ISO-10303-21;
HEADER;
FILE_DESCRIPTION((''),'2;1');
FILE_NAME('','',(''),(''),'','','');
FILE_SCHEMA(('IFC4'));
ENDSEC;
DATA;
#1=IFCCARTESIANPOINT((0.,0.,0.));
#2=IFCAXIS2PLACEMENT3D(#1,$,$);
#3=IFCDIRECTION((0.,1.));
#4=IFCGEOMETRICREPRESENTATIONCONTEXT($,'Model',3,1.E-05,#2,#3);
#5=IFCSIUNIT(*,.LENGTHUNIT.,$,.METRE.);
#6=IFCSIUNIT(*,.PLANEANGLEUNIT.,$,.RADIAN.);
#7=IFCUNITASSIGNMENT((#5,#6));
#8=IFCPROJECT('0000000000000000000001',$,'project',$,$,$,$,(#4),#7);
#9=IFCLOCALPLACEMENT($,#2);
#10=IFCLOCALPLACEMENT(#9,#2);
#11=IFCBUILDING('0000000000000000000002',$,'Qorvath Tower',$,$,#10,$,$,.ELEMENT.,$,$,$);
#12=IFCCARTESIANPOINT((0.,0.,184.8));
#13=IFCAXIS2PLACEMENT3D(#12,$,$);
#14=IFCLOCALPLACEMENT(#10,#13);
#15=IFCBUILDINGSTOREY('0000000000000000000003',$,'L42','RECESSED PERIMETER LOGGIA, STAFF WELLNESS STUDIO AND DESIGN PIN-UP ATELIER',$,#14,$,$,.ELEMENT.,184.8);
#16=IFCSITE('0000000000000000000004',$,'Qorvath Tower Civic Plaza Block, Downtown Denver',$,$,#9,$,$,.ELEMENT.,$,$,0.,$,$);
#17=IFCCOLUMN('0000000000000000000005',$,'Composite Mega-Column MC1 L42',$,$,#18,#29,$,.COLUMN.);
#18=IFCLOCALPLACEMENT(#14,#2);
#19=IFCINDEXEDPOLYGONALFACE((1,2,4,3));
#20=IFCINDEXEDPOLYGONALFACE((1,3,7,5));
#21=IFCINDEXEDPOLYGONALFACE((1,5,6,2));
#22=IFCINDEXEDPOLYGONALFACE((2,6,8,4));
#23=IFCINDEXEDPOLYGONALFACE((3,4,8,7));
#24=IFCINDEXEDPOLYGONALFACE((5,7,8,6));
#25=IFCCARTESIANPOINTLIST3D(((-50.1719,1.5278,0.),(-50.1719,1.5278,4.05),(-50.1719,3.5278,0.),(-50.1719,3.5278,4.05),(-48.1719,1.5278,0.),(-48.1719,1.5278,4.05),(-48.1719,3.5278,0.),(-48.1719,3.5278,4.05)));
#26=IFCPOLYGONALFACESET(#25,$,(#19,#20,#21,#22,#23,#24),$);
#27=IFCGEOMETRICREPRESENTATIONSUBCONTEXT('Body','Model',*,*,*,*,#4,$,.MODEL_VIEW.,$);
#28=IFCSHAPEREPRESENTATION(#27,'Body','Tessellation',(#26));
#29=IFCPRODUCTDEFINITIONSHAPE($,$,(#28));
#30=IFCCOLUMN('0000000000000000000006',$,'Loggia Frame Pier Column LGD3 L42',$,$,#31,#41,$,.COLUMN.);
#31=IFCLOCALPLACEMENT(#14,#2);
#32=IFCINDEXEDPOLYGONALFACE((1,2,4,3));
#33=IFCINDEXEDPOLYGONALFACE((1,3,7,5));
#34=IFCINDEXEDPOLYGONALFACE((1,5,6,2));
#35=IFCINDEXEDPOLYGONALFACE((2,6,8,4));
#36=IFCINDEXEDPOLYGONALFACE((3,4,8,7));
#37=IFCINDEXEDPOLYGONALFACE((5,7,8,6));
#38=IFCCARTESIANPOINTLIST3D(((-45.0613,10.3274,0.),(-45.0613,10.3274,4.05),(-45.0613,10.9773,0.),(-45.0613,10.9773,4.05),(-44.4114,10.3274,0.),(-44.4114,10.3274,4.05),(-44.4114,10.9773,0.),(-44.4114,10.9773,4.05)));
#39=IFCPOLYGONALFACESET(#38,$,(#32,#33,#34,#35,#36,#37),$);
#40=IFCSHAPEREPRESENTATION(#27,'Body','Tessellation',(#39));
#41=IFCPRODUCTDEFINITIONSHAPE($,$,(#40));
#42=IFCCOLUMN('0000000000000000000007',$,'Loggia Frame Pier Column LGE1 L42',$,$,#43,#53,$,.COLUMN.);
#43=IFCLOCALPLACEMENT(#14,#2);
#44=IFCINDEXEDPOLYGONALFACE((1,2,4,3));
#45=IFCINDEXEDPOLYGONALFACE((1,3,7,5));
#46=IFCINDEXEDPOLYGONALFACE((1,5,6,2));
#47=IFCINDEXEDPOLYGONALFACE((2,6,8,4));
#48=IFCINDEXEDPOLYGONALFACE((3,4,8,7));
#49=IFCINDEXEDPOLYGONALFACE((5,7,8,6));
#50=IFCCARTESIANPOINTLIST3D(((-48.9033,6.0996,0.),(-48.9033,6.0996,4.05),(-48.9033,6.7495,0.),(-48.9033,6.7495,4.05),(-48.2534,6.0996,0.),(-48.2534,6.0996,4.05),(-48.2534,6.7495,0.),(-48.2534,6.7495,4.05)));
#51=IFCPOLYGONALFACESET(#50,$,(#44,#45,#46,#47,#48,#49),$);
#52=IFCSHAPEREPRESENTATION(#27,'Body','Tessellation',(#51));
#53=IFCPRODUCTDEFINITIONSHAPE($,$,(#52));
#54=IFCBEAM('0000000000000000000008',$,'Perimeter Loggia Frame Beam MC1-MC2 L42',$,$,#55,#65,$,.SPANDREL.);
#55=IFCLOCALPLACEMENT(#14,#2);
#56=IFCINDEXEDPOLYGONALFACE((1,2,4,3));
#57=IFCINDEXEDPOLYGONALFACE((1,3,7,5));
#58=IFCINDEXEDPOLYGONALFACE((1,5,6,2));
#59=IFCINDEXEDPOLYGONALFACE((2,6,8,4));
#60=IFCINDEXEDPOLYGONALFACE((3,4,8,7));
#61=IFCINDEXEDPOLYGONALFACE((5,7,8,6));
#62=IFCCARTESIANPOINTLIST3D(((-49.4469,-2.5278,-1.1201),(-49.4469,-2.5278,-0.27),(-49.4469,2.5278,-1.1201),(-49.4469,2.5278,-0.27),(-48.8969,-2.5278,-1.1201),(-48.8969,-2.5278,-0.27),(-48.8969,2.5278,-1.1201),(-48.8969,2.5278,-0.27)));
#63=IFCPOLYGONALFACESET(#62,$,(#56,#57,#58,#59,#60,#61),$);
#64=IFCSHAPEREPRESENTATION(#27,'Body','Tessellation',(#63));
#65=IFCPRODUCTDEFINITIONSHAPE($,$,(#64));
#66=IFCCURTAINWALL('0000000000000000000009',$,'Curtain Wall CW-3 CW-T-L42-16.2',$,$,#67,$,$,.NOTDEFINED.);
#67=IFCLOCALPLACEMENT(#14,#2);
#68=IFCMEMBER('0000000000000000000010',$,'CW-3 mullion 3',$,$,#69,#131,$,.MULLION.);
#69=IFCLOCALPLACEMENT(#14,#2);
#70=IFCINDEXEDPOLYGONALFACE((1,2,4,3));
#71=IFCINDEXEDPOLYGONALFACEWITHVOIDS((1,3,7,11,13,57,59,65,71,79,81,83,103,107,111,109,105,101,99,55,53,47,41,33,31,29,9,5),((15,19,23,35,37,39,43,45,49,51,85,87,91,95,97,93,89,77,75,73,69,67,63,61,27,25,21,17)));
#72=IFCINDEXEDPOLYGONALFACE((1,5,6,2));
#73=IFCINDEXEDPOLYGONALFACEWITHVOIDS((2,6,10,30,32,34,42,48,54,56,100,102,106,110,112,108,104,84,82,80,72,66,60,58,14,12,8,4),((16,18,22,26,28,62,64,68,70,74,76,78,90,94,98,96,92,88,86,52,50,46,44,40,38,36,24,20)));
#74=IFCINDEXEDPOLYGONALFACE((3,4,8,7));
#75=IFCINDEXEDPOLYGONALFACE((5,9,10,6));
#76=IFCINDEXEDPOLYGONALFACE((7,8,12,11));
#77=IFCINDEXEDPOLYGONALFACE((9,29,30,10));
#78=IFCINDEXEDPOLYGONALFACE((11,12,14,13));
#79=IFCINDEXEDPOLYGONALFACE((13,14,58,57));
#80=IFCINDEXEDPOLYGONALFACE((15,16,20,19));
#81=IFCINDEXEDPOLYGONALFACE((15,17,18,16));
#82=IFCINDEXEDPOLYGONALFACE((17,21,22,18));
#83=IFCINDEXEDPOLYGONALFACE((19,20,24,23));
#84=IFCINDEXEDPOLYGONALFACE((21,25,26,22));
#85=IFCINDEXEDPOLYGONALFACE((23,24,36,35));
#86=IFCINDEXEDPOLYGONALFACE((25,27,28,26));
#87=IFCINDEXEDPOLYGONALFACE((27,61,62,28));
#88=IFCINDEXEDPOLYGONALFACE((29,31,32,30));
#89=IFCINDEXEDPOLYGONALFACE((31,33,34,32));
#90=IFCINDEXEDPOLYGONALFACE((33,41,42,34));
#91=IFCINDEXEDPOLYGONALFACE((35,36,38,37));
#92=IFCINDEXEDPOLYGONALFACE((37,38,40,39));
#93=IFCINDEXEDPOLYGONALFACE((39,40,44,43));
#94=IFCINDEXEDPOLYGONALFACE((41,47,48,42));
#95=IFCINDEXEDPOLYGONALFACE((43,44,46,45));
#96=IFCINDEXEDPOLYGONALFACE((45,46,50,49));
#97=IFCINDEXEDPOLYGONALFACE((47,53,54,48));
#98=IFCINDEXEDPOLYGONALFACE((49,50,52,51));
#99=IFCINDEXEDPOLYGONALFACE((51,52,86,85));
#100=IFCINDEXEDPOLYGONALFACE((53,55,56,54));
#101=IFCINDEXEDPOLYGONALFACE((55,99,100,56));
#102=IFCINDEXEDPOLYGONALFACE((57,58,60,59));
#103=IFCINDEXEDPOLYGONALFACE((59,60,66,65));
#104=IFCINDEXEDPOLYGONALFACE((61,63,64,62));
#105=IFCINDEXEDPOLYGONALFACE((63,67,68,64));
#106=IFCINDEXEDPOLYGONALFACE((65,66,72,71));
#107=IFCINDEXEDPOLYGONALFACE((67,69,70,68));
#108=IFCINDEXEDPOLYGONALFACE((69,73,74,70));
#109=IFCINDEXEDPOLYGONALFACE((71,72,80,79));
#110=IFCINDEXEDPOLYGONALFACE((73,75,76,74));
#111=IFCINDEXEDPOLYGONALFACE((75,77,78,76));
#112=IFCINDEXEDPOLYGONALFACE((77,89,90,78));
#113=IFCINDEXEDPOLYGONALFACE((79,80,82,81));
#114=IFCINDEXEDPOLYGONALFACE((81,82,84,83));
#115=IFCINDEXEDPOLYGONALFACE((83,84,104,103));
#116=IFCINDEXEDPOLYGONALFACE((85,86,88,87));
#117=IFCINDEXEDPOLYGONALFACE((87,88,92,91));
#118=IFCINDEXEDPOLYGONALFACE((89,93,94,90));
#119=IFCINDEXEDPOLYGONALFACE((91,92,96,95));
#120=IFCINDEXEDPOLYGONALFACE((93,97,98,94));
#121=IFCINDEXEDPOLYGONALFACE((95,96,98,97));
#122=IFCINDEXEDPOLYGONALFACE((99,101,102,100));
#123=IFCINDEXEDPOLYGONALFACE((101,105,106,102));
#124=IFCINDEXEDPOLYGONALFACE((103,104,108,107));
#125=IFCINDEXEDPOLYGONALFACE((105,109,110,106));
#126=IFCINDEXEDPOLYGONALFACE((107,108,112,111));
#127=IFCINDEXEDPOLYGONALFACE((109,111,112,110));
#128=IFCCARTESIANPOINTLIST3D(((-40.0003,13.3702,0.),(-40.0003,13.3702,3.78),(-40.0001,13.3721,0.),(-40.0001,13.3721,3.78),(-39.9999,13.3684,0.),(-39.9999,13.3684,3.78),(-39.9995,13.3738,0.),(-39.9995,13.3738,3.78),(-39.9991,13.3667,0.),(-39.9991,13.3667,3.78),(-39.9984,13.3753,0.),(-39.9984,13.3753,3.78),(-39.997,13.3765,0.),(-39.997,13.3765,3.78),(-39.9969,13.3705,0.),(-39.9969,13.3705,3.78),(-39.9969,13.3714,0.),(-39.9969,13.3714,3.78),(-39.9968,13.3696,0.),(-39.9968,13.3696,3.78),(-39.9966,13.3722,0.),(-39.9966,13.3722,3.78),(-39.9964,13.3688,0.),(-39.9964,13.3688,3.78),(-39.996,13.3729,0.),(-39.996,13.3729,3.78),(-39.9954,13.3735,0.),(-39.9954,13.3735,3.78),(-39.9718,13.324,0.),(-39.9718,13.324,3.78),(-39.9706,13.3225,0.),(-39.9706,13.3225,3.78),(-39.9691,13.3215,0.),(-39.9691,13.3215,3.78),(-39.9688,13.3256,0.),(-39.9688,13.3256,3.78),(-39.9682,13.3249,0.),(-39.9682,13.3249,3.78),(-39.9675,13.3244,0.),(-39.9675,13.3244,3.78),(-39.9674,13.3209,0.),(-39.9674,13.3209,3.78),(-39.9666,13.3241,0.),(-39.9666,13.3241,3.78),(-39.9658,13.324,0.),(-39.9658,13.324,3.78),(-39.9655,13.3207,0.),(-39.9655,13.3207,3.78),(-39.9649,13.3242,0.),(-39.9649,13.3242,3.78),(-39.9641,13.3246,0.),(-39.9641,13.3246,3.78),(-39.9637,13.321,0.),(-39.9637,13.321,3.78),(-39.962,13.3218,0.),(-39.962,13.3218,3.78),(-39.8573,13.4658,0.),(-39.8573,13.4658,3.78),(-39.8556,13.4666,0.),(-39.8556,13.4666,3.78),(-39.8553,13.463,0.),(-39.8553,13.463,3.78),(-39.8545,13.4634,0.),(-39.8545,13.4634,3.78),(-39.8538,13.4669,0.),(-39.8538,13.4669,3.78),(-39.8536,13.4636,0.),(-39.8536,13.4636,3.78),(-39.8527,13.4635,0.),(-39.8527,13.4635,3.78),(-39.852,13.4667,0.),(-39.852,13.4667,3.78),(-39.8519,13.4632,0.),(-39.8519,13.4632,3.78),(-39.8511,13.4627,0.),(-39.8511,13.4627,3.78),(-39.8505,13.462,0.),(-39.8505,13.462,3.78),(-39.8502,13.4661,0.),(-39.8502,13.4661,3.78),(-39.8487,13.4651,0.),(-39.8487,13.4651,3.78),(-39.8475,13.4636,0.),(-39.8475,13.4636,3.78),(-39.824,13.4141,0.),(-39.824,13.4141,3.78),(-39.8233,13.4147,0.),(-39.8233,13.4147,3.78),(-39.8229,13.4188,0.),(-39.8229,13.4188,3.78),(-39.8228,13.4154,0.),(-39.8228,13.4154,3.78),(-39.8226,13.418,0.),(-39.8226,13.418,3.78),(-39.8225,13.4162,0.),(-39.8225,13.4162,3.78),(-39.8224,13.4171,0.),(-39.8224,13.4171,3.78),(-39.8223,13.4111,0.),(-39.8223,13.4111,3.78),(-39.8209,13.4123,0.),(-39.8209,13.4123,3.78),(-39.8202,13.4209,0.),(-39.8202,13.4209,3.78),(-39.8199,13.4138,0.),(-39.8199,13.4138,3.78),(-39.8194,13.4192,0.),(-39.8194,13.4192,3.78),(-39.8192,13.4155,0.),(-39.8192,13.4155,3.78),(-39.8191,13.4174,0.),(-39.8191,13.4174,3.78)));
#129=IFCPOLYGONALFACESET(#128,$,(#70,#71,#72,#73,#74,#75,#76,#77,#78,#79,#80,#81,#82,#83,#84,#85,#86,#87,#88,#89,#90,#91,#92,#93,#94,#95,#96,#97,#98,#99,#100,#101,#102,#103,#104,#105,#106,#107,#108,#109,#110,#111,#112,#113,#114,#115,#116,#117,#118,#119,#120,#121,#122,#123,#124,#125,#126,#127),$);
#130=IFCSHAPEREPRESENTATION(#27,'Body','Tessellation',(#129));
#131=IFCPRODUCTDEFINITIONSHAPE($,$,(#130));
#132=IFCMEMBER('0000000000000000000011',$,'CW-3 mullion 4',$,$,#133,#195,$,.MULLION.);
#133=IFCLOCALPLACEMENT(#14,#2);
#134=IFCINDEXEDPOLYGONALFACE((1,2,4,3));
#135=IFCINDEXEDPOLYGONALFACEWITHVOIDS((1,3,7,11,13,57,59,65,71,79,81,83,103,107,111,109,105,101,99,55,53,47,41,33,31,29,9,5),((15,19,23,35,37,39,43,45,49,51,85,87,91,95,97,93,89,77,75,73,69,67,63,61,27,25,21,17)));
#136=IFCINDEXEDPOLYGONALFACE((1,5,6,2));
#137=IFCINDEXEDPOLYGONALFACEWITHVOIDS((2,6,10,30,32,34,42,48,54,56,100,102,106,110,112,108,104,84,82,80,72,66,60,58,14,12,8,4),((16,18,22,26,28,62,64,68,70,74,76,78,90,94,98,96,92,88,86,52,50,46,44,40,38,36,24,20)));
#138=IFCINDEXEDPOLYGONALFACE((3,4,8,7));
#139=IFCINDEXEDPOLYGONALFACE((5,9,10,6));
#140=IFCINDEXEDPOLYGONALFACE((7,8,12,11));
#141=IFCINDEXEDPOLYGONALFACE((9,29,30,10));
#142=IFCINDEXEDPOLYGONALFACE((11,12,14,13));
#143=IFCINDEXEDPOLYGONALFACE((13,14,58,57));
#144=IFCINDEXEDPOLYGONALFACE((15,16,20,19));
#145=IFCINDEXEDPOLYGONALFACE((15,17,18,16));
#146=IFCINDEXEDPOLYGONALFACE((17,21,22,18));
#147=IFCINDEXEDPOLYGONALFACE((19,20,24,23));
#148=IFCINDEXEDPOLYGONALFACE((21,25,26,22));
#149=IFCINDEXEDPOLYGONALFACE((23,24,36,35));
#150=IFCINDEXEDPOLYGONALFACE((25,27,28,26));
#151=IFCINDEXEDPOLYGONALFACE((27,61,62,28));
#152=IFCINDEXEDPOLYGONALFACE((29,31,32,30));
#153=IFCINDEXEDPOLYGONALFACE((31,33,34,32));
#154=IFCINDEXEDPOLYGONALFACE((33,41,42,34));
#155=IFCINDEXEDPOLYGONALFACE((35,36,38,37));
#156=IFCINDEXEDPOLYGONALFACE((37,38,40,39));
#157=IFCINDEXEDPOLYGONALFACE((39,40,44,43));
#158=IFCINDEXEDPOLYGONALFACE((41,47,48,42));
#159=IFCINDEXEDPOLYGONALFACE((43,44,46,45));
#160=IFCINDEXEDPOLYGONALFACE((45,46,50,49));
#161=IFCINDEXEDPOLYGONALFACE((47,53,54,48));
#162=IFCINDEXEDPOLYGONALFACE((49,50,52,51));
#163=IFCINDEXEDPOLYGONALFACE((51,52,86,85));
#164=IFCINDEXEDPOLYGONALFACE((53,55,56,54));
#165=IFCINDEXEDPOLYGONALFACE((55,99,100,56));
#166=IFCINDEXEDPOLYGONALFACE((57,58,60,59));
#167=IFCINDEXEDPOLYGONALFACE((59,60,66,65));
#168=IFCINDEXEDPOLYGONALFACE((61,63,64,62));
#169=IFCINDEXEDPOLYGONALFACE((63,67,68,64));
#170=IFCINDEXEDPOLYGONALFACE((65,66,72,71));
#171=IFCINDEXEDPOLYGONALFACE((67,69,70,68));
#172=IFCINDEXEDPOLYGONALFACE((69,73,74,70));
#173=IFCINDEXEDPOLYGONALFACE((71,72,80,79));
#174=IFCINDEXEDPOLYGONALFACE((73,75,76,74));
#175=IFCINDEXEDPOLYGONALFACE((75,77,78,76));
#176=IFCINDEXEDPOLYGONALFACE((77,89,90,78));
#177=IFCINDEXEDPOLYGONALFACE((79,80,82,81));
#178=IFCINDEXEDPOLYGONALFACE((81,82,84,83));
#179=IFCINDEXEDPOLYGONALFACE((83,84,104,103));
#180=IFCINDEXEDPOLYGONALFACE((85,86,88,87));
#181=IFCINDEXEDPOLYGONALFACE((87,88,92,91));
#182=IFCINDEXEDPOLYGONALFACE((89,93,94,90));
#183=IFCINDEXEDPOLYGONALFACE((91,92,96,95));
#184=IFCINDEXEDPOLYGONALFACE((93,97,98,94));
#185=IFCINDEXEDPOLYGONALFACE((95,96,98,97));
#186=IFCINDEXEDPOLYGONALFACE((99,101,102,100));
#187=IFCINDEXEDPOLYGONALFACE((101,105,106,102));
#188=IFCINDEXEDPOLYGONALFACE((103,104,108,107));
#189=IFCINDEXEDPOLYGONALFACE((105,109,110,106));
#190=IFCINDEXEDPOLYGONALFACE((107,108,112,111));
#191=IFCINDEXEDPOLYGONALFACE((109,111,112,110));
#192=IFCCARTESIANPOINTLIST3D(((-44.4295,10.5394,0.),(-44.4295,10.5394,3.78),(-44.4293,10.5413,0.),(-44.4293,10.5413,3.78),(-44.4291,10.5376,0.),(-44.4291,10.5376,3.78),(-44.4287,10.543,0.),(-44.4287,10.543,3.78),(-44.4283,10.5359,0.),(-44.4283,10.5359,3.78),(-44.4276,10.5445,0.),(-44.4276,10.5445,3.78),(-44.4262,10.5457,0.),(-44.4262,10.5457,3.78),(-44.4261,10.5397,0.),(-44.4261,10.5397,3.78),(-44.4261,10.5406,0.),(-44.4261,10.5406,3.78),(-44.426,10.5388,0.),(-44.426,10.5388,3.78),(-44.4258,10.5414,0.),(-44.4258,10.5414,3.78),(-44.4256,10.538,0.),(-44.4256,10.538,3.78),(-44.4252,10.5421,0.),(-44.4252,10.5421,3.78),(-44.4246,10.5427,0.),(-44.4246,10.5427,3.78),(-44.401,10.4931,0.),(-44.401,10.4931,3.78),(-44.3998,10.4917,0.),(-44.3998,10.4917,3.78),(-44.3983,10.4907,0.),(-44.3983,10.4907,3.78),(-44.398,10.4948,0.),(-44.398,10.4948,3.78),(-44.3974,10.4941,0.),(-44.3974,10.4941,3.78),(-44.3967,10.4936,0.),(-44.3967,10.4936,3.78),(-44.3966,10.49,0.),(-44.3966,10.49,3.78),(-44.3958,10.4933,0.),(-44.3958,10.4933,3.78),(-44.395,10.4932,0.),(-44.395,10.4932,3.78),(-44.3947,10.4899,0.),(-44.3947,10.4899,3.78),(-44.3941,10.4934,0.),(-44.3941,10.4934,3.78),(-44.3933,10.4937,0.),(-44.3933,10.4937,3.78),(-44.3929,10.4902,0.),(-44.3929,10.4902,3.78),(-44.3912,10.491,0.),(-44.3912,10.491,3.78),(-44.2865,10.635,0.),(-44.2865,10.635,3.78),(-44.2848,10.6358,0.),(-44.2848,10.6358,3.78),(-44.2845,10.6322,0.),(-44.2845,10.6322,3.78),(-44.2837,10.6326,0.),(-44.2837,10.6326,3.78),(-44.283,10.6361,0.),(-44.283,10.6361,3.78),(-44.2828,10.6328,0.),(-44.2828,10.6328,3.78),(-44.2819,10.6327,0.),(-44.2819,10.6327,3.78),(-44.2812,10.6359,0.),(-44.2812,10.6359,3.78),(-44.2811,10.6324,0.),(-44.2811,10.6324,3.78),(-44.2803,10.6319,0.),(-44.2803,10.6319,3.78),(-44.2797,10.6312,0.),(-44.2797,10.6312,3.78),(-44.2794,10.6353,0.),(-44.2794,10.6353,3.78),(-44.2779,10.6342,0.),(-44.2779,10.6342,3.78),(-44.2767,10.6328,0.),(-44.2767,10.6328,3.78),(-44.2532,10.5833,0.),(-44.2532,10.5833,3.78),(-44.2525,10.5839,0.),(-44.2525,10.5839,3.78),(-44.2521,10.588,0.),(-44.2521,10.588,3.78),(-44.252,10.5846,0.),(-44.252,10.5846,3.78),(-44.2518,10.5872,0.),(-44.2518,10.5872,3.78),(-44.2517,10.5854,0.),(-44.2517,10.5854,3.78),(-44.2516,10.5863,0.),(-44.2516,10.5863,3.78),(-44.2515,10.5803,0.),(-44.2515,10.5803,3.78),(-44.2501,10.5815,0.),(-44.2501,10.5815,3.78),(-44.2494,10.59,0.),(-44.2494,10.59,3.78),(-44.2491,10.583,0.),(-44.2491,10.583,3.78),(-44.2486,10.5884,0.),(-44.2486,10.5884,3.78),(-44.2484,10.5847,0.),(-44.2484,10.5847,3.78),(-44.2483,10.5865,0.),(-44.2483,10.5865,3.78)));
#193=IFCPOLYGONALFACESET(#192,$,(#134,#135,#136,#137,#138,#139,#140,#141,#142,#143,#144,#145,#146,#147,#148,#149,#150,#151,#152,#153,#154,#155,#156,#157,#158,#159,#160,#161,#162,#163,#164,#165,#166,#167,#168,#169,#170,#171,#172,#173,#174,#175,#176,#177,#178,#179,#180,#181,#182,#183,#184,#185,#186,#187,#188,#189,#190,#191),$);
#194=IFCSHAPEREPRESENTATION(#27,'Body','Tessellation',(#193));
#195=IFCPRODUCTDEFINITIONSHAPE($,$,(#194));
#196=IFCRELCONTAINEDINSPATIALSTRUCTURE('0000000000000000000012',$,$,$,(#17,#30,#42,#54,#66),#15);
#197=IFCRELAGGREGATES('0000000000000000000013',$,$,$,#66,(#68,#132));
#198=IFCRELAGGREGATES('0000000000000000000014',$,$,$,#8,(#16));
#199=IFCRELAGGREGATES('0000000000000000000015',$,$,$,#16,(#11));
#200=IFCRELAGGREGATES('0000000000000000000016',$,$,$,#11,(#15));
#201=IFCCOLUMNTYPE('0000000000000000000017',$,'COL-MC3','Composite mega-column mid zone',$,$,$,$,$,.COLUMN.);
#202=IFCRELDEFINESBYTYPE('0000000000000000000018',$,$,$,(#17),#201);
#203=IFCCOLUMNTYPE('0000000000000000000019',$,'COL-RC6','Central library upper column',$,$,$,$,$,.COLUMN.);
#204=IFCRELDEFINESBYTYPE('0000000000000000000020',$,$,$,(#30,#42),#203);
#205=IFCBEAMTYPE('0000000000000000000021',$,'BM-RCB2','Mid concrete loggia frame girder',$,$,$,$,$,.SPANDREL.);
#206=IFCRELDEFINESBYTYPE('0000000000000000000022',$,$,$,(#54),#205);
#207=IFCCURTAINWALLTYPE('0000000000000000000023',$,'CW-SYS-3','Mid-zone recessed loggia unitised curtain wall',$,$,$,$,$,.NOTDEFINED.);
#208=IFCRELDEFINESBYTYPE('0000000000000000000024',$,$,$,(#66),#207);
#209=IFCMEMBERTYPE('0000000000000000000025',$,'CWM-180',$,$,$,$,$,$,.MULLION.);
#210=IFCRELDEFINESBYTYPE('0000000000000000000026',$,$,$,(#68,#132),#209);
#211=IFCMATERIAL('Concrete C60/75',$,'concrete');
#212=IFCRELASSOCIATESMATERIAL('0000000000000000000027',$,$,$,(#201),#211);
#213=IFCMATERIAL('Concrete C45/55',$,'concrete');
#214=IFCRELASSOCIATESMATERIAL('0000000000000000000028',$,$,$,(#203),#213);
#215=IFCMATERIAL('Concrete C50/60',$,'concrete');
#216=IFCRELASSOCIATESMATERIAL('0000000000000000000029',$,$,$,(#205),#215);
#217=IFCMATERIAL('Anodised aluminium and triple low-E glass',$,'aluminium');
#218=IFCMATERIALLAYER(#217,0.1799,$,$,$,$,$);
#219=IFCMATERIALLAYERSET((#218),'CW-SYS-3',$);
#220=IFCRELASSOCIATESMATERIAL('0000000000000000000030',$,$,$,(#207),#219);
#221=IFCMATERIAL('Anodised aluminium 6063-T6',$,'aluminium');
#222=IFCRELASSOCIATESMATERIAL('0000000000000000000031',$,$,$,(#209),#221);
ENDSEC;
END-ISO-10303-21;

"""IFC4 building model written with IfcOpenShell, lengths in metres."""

from ifc_helpers import new_model, si_unit, direction, frame, origin, origin_2d, place, context, subcontext, project, spatial, rectangle, hollow_rectangle, extrude, material, layer, layer_set, material_profile, profile_set, type_object, element, aggregate, save


model = new_model("IFC4")

# Units and contexts
model_context = context("Model", 3, precision=1e-05, world=origin(), true_north=direction((0.0, 1.0)))
body_context = subcontext(model_context, "Body", "Model", "MODEL_VIEW")
ifc_project = project(units=[si_unit("LENGTHUNIT", "METRE"), si_unit("PLANEANGLEUNIT", "RADIAN")], contexts=[model_context])

# Site, building, storey
site_placement = place(None, origin())
site = spatial("IfcSite", under=ifc_project, at=site_placement, Name="Qorvath Tower Civic Plaza Block, Downtown Denver", CompositionType="ELEMENT", RefElevation=0.0)
building_placement = place(site_placement, origin())
building = spatial("IfcBuilding", under=site, at=building_placement, Name="Qorvath Tower", CompositionType="ELEMENT")
storey_placement = place(building_placement, frame((0.0, 0.0, 184.8)))
storey = spatial("IfcBuildingStorey", under=building, at=storey_placement, Name="L42", Description="RECESSED PERIMETER LOGGIA, STAFF WELLNESS STUDIO AND DESIGN PIN-UP ATELIER", CompositionType="ELEMENT", Elevation=184.8)

# Columns
ifc_material_1 = material(Name="Concrete C60/75", Category="concrete")
ifc_material_profile_1 = material_profile(ifc_material_1, rectangle(XDim=2.0, YDim=2.0, at=origin_2d()), Name="MC 2000x2000")
ifc_profile_set_1 = profile_set([ifc_material_profile_1], Name="Concrete C60/75")
column_type_1 = type_object("IfcColumnType", Name="COL-MC3", Description="Composite mega-column mid zone", PredefinedType="COLUMN", material=ifc_profile_set_1)
column_placement = place(storey_placement, frame((-49.1719, 2.5278, 0.0), z_axis=(0.0, 0.0, 1.0), x_axis=(1.0, 0.0, 0.0)))
element("IfcColumn", 1, at=column_placement, inside=storey, type_object=column_type_1, Name="Composite Mega-Column MC1 L42", PredefinedType="COLUMN", context=body_context, shape_type="SweptSolid", body=[
    extrude(rectangle(XDim=2.0, YDim=2.0, at=origin_2d()), origin(), (0.0, 0.0, 1.0), 4.05),
])
ifc_material_2 = material(Name="Concrete C45/55", Category="concrete")
ifc_material_profile_2 = material_profile(ifc_material_2, rectangle(XDim=0.6499, YDim=0.6499, at=origin_2d()), Name="RC 650x650")
ifc_profile_set_2 = profile_set([ifc_material_profile_2], Name="Concrete C45/55")
column_type_2 = type_object("IfcColumnType", Name="COL-RC6", Description="Central library upper column", PredefinedType="COLUMN", material=ifc_profile_set_2)
for number, where, z_axis, x_axis, name in (
    (2, (-44.7363, 10.6523, 0.0), (0.0, 0.0, 1.0), (1.0, 0.0, 0.0), "Loggia Frame Pier Column LGD3 L42"),
    (3, (-48.5784, 6.4246, 0.0), (0.0, 0.0, 1.0), (1.0, 0.0, 0.0), "Loggia Frame Pier Column LGE1 L42"),
):
    element("IfcColumn", number, at=place(storey_placement, frame(where, z_axis=z_axis, x_axis=x_axis)), inside=storey, type_object=column_type_2, Name=name, PredefinedType="COLUMN", context=body_context, shape_type="SweptSolid", body=[
        extrude(rectangle(XDim=0.6499, YDim=0.6499, at=origin_2d()), origin(), (0.0, 0.0, 1.0), 4.05),
    ])

# Beam
ifc_material_3 = material(Name="Concrete C50/60", Category="concrete")
ifc_material_profile_3 = material_profile(ifc_material_3, rectangle(XDim=0.55, YDim=0.8501, at=origin_2d()), Name="RCB 850x550")
ifc_profile_set_3 = profile_set([ifc_material_profile_3], Name="Concrete C50/60")
beam_type = type_object("IfcBeamType", Name="BM-RCB2", Description="Mid concrete loggia frame girder", PredefinedType="SPANDREL", material=ifc_profile_set_3)
beam_placement = place(storey_placement, frame((-49.1719, 2.5278, -0.6951), z_axis=(0.0, -1.0, 0.0), x_axis=(1.0, 0.0, 0.0)))
element("IfcBeam", 4, at=beam_placement, inside=storey, type_object=beam_type, Name="Perimeter Loggia Frame Beam MC1-MC2 L42", PredefinedType="SPANDREL", context=body_context, shape_type="SweptSolid", body=[
    extrude(rectangle(XDim=0.55, YDim=0.8501, at=origin_2d()), origin(), (0.0, 0.0, 1.0), 5.0557),
])

# Curtain wall, members
ifc_material_4 = material(Name="Anodised aluminium and triple low-E glass", Category="aluminium")
ifc_layer_1 = layer(ifc_material_4, 0.1799)
ifc_layer_set_1 = layer_set([ifc_layer_1], Name="CW-SYS-3")
curtain_wall_type = type_object("IfcCurtainWallType", Name="CW-SYS-3", Description="Mid-zone recessed loggia unitised curtain wall", PredefinedType="NOTDEFINED", material=ifc_layer_set_1)
curtain_wall_1_placement = place(storey_placement, origin())
curtain_wall_1 = element("IfcCurtainWall", 5, at=curtain_wall_1_placement, inside=storey, type_object=curtain_wall_type, Name="Curtain Wall CW-3 CW-T-L42-16.2", PredefinedType="NOTDEFINED")
ifc_material_5 = material(Name="Anodised aluminium 6063-T6", Category="aluminium")
ifc_material_profile_4 = material_profile(ifc_material_5, hollow_rectangle(XDim=0.0649, YDim=0.1799, WallThickness=0.0034, InnerFilletRadius=0.0034, OuterFilletRadius=0.0071, at=origin_2d()), Name="CWM 180x65")
ifc_profile_set_4 = profile_set([ifc_material_profile_4], Name="Anodised aluminium 6063-T6")
member_type_1 = type_object("IfcMemberType", Name="CWM-180", PredefinedType="MULLION", material=ifc_profile_set_4)
member_1_placement = place(storey_placement, frame((-39.9097, 13.3938, 0.0), z_axis=(0.0, 0.0, 1.0), x_axis=(0.538533, -0.842604, 0.0)))
member_1 = element("IfcMember", 6, at=member_1_placement, type_object=member_type_1, Name="CW-3 mullion 3", PredefinedType="MULLION", context=body_context, shape_type="SweptSolid", body=[
    extrude(hollow_rectangle(XDim=0.0649, YDim=0.1799, WallThickness=0.0034, InnerFilletRadius=0.0034, OuterFilletRadius=0.0071, at=origin_2d()), origin(), (0.0, 0.0, 1.0), 3.78),
])
member_2_placement = place(storey_placement, frame((-44.3389, 10.563, 0.0), z_axis=(0.0, 0.0, 1.0), x_axis=(0.538533, -0.842604, 0.0)))
member_2 = element("IfcMember", 7, at=member_2_placement, type_object=member_type_1, Name="CW-3 mullion 4", PredefinedType="MULLION", context=body_context, shape_type="SweptSolid", body=[
    extrude(hollow_rectangle(XDim=0.0649, YDim=0.1799, WallThickness=0.0034, InnerFilletRadius=0.0034, OuterFilletRadius=0.0071, at=origin_2d()), origin(), (0.0, 0.0, 1.0), 3.78),
])

aggregate(curtain_wall_1, [member_1, member_2])

save(model, "model.ifc")
